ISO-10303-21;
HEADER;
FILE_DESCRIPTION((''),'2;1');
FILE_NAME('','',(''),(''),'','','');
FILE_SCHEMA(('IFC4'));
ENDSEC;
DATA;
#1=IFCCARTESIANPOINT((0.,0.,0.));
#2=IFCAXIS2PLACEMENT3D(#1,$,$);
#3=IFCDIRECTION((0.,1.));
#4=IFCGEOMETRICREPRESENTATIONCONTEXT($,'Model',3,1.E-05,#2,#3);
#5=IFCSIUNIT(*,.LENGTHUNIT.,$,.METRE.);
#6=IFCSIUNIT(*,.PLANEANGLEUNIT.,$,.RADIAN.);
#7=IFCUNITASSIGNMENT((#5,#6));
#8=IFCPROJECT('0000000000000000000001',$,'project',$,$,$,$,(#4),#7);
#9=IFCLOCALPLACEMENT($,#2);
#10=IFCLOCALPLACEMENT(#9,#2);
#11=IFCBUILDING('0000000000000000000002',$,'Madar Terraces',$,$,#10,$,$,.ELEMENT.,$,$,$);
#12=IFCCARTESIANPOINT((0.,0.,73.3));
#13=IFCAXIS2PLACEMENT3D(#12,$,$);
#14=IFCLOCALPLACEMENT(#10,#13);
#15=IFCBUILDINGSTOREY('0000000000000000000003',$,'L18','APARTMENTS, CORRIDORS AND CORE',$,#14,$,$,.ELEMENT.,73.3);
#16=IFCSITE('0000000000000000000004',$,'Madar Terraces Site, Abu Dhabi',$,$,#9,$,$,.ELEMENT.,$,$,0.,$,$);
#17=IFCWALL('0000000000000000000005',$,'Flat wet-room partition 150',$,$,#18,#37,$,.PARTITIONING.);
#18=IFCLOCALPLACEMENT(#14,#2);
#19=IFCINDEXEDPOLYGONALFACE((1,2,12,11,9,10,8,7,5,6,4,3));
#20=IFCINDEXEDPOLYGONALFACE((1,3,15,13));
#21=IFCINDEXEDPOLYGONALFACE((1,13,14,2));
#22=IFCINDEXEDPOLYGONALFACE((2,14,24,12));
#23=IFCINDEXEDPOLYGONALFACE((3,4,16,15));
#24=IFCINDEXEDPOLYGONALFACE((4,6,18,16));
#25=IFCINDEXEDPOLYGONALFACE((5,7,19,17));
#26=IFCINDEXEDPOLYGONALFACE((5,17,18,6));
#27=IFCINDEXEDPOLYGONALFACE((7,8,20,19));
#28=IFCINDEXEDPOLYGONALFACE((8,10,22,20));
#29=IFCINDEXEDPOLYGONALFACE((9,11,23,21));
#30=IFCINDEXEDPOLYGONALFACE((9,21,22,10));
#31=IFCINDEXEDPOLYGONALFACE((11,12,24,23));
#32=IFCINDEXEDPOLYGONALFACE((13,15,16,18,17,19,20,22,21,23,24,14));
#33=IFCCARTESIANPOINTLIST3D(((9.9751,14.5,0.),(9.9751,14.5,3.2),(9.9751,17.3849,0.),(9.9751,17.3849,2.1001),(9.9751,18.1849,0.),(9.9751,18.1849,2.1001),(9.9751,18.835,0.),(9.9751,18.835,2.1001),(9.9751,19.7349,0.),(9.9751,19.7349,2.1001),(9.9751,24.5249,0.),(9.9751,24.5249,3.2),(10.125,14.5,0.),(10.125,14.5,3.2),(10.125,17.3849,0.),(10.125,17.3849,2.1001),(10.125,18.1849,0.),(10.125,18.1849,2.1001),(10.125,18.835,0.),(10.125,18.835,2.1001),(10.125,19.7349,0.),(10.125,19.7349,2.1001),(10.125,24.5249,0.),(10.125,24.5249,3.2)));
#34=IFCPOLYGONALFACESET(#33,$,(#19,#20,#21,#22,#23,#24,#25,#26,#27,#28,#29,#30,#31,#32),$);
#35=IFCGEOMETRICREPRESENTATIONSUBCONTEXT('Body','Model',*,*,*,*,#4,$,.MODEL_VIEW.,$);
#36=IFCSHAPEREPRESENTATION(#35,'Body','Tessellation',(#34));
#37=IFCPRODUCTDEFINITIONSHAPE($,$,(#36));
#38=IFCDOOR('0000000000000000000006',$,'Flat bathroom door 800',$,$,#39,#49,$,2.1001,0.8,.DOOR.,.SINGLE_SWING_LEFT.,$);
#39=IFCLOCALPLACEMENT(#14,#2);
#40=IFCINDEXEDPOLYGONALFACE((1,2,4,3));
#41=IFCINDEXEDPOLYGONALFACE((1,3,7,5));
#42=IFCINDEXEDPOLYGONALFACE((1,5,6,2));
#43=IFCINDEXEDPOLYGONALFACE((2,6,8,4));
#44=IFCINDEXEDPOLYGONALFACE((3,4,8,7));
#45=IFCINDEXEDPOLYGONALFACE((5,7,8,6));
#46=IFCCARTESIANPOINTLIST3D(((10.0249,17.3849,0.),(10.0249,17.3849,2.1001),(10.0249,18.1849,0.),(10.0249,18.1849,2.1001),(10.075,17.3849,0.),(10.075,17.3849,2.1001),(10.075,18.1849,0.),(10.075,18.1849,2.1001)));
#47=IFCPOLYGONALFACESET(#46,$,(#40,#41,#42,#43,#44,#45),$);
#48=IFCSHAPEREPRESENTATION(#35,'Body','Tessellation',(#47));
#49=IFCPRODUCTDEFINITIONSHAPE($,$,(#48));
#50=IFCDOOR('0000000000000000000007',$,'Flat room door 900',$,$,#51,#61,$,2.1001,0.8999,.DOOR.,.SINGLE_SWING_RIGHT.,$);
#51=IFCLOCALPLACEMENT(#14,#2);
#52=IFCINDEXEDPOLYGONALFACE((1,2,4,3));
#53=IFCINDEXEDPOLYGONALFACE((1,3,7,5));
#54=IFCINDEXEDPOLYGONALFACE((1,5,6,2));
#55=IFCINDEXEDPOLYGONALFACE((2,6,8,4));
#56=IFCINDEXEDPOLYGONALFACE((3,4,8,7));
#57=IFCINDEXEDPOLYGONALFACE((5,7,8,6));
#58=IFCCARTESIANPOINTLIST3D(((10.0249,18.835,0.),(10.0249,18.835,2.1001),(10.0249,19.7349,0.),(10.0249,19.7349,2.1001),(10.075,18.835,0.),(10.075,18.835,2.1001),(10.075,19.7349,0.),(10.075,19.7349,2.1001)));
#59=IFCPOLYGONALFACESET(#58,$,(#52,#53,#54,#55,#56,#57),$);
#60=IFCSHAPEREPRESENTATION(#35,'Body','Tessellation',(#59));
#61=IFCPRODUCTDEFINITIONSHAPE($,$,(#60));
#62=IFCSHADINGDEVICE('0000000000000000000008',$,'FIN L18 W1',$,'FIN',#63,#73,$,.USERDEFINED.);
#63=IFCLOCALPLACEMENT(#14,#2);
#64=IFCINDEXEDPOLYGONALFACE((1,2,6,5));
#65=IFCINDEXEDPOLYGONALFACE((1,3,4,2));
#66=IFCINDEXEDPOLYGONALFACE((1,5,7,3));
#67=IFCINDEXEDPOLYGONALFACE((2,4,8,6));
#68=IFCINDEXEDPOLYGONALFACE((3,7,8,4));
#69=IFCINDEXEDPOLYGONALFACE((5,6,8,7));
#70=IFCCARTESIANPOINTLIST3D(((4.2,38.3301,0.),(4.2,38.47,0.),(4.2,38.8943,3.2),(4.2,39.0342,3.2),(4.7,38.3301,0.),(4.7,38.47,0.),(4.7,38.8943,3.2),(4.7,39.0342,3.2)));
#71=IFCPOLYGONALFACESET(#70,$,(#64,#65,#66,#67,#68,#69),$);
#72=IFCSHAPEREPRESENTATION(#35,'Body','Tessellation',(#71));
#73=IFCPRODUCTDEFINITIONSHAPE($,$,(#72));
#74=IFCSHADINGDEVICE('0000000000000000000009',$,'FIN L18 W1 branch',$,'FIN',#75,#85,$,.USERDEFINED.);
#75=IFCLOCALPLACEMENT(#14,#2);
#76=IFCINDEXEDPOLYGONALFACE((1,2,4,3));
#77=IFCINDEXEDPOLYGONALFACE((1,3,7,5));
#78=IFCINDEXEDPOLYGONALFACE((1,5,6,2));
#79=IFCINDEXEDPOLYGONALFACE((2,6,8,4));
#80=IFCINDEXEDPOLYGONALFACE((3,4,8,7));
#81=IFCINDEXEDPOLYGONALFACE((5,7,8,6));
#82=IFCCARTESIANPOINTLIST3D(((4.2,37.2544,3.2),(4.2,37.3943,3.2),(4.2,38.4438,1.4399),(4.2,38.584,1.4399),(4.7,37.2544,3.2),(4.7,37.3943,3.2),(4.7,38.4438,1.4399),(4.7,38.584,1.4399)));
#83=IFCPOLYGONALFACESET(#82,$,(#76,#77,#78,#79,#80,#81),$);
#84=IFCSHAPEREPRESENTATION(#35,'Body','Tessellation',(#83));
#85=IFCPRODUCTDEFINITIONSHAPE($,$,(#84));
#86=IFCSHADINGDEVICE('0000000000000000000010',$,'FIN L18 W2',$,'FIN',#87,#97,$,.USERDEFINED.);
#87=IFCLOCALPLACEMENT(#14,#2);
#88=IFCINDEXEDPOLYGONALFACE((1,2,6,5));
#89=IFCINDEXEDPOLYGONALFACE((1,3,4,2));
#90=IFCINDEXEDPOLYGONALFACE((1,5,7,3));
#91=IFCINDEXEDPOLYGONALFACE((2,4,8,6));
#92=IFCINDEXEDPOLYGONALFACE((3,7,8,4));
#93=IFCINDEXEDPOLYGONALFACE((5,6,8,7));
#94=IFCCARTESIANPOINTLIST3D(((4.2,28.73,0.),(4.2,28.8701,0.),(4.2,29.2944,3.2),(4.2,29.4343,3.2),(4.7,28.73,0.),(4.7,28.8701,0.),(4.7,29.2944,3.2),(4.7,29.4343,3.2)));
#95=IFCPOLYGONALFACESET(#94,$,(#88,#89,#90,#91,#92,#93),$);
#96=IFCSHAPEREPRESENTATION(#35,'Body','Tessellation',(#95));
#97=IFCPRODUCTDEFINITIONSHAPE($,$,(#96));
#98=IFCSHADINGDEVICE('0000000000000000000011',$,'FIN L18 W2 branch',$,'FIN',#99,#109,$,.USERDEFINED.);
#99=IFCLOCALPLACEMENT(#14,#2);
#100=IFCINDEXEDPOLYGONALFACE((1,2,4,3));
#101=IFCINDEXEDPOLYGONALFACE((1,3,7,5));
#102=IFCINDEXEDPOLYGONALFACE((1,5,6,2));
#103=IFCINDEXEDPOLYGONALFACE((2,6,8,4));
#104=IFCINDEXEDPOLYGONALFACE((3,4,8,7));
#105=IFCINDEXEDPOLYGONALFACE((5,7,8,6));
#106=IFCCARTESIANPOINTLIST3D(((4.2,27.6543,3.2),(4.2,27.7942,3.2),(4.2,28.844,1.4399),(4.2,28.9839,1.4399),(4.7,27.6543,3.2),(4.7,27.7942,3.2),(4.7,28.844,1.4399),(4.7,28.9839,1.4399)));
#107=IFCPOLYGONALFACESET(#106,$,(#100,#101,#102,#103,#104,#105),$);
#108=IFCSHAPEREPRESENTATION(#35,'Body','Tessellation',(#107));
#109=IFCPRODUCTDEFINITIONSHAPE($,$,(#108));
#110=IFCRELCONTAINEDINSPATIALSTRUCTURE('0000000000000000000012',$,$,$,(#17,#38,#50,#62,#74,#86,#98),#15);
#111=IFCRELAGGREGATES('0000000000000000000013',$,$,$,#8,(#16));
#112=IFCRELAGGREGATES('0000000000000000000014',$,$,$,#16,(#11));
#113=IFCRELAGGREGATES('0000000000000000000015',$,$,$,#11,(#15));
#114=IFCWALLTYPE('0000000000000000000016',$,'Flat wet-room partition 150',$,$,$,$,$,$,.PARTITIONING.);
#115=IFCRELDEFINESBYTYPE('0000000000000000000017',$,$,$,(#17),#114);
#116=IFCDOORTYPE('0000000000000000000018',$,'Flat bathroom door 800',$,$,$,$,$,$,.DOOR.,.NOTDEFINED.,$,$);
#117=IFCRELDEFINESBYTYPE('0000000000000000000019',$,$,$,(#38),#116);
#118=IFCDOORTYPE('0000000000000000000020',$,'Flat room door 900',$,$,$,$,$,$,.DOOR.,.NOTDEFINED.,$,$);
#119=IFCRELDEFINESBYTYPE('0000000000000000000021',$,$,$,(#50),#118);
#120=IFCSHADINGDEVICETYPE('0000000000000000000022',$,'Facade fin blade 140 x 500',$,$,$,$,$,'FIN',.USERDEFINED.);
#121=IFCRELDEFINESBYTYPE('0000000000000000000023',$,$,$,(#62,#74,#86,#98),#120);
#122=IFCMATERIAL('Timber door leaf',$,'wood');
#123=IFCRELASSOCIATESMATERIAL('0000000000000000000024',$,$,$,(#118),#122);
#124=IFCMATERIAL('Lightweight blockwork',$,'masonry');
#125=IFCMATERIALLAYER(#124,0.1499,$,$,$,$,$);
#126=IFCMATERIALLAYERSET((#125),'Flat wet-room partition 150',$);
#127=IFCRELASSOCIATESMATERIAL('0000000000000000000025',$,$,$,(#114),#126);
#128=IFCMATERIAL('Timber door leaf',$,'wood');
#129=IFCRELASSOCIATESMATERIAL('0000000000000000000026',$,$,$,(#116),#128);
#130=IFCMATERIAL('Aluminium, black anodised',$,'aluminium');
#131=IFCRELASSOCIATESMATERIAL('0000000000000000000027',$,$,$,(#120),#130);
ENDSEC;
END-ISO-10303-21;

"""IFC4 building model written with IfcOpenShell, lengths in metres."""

from ifc_helpers import new_model, si_unit, direction, frame, frame_2d, origin, place, context, subcontext, project, spatial, polyline, rectangle, outline, extrude, material, layer, layer_set, type_object, element, fill, save


model = new_model("IFC4")

# Units and contexts
model_context = context("Model", 3, precision=1e-05, world=origin(), true_north=direction((0.0, 1.0)))
body_context = subcontext(model_context, "Body", "Model", "MODEL_VIEW")
ifc_project = project(units=[si_unit("LENGTHUNIT", "METRE"), si_unit("PLANEANGLEUNIT", "RADIAN")], contexts=[model_context])

# Site, building, storey
site_placement = place(None, origin())
site = spatial("IfcSite", under=ifc_project, at=site_placement, Name="Madar Terraces Site, Abu Dhabi", CompositionType="ELEMENT", RefElevation=0.0)
building_placement = place(site_placement, origin())
building = spatial("IfcBuilding", under=site, at=building_placement, Name="Madar Terraces", CompositionType="ELEMENT")
storey_placement = place(building_placement, frame((0.0, 0.0, 73.3)))
storey = spatial("IfcBuildingStorey", under=building, at=storey_placement, Name="L18", Description="APARTMENTS, CORRIDORS AND CORE", CompositionType="ELEMENT", Elevation=73.3)

# Shared definitions
ifc_material_1 = material(Name="Timber door leaf", Category="wood")
door_type_1 = type_object("IfcDoorType", Name="Flat room door 900", OperationType="NOTDEFINED", PredefinedType="DOOR", material=ifc_material_1)

# Shared definitions
ifc_material_2 = material(Name="Lightweight blockwork", Category="masonry")
ifc_layer_1 = layer(ifc_material_2, 0.1499)
ifc_layer_set_1 = layer_set([ifc_layer_1], Name="Flat wet-room partition 150")
wall_type_1 = type_object("IfcWallType", Name="Flat wet-room partition 150", PredefinedType="PARTITIONING", material=ifc_layer_set_1)

# Wall, openings, doors
wall_1_placement = place(storey_placement, frame((10.05, 24.5249, 0.0), z_axis=(0.0, 0.0, 1.0), x_axis=(0.0, -1.0, 0.0)))
wall_1 = element("IfcWall", 1, at=wall_1_placement, inside=storey, type_object=wall_type_1, Name="Flat wet-room partition 150", PredefinedType="PARTITIONING", context=body_context, shape_type="SweptSolid", body=[
    extrude(rectangle(XDim=10.0249, YDim=0.1499, at=frame_2d((5.0125, 0.0))), origin(), (0.0, 0.0, 1.0), 3.2),
])
opening_1_placement = place(wall_1_placement, frame((4.79, 0.0, 0.0)))
opening_1 = element("IfcOpeningElement", 2, at=opening_1_placement, cuts=wall_1, PredefinedType="OPENING", context=body_context, shape_type="SweptSolid", body=[
    extrude(rectangle(XDim=0.8999, YDim=2.1001, at=frame_2d((0.45, 1.05))), frame((0.0, 0.085, 0.0), z_axis=(0.0, -1.0, 0.0), x_axis=(1.0, 0.0, 0.0)), (0.0, 0.0, 1.0), 0.1699),
])
opening_2_placement = place(wall_1_placement, frame((6.3401, 0.0, 0.0)))
opening_2 = element("IfcOpeningElement", 3, at=opening_2_placement, cuts=wall_1, PredefinedType="OPENING", context=body_context, shape_type="SweptSolid", body=[
    extrude(rectangle(XDim=0.8, YDim=2.1001, at=frame_2d((0.3999, 1.05))), frame((0.0, 0.085, 0.0), z_axis=(0.0, -1.0, 0.0), x_axis=(1.0, 0.0, 0.0)), (0.0, 0.0, 1.0), 0.1699),
])
ifc_material_3 = material(Name="Timber door leaf", Category="wood")
door_type_2 = type_object("IfcDoorType", Name="Flat bathroom door 800", OperationType="NOTDEFINED", PredefinedType="DOOR", material=ifc_material_3)
door_1_placement = place(opening_2_placement, origin())
door_1 = element("IfcDoor", 4, at=door_1_placement, inside=storey, type_object=door_type_2, Name="Flat bathroom door 800", OperationType="SINGLE_SWING_LEFT", OverallHeight=2.1001, OverallWidth=0.8, PredefinedType="DOOR", context=body_context, shape_type="SweptSolid", body=[
    extrude(rectangle(XDim=0.8, YDim=2.1001, at=frame_2d((0.3999, 1.05))), frame((0.0, 0.0249, 0.0), z_axis=(0.0, -1.0, 0.0), x_axis=(1.0, 0.0, 0.0)), (0.0, 0.0, 1.0), 0.05),
])
fill(opening_2, door_1)
door_2_placement = place(opening_1_placement, origin())
door_2 = element("IfcDoor", 5, at=door_2_placement, inside=storey, type_object=door_type_1, Name="Flat room door 900", OperationType="SINGLE_SWING_RIGHT", OverallHeight=2.1001, OverallWidth=0.8999, PredefinedType="DOOR", context=body_context, shape_type="SweptSolid", body=[
    extrude(rectangle(XDim=0.8999, YDim=2.1001, at=frame_2d((0.45, 1.05))), frame((0.0, 0.0249, 0.0), z_axis=(0.0, -1.0, 0.0), x_axis=(1.0, 0.0, 0.0)), (0.0, 0.0, 1.0), 0.05),
])
fill(opening_1, door_2)

# Shading devices
ifc_material_4 = material(Name="Aluminium, black anodised", Category="aluminium")
shading_device_type = type_object("IfcShadingDeviceType", Name="Facade fin blade 140 x 500", ElementType="FIN", PredefinedType="USERDEFINED", material=ifc_material_4)
shading_device_1_placement = place(storey_placement, frame((4.45, 38.47, 0.0), z_axis=(0.0, 0.0, 1.0), x_axis=(0.0, -1.0, 0.0)))
element("IfcShadingDevice", 6, at=shading_device_1_placement, inside=storey, type_object=shading_device_type, Name="FIN L18 W1", ObjectType="FIN", PredefinedType="USERDEFINED", context=body_context, shape_type="SweptSolid", body=[
    extrude(outline(polyline([(0.0, 0.0), (0.1399, 0.0), (-0.4243, 3.2), (-0.5642, 3.2), (0.0, 0.0)])), frame((0.0, 0.25, 0.0), z_axis=(0.0, -1.0, 0.0), x_axis=(1.0, 0.0, 0.0)), (0.0, 0.0, 1.0), 0.5),
])
shading_device_2_placement = place(storey_placement, frame((4.45, 38.584, 1.4399), z_axis=(0.0, 0.0, 1.0), x_axis=(0.0, -1.0, 0.0)))
element("IfcShadingDevice", 7, at=shading_device_2_placement, inside=storey, type_object=shading_device_type, Name="FIN L18 W1 branch", ObjectType="FIN", PredefinedType="USERDEFINED", context=body_context, shape_type="SweptSolid", body=[
    extrude(outline(polyline([(0.0, 0.0), (0.1401, 0.0), (1.3296, 1.76), (1.1897, 1.76), (0.0, 0.0)])), frame((0.0, 0.25, 0.0), z_axis=(0.0, -1.0, 0.0), x_axis=(1.0, 0.0, 0.0)), (0.0, 0.0, 1.0), 0.5),
])
shading_device_3_placement = place(storey_placement, frame((4.45, 28.8701, 0.0), z_axis=(0.0, 0.0, 1.0), x_axis=(0.0, -1.0, 0.0)))
element("IfcShadingDevice", 8, at=shading_device_3_placement, inside=storey, type_object=shading_device_type, Name="FIN L18 W2", ObjectType="FIN", PredefinedType="USERDEFINED", context=body_context, shape_type="SweptSolid", body=[
    extrude(outline(polyline([(0.0, 0.0), (0.1401, 0.0), (-0.4243, 3.2), (-0.5642, 3.2), (0.0, 0.0)])), frame((0.0, 0.25, 0.0), z_axis=(0.0, -1.0, 0.0), x_axis=(1.0, 0.0, 0.0)), (0.0, 0.0, 1.0), 0.5),
])
shading_device_4_placement = place(storey_placement, frame((4.45, 28.9839, 1.4399), z_axis=(0.0, 0.0, 1.0), x_axis=(0.0, -1.0, 0.0)))
element("IfcShadingDevice", 9, at=shading_device_4_placement, inside=storey, type_object=shading_device_type, Name="FIN L18 W2 branch", ObjectType="FIN", PredefinedType="USERDEFINED", context=body_context, shape_type="SweptSolid", body=[
    extrude(outline(polyline([(0.0, 0.0), (0.1399, 0.0), (1.3296, 1.76), (1.1897, 1.76), (0.0, 0.0)])), frame((0.0, 0.25, 0.0), z_axis=(0.0, -1.0, 0.0), x_axis=(1.0, 0.0, 0.0)), (0.0, 0.0, 1.0), 0.5),
])

save(model, "model.ifc")
